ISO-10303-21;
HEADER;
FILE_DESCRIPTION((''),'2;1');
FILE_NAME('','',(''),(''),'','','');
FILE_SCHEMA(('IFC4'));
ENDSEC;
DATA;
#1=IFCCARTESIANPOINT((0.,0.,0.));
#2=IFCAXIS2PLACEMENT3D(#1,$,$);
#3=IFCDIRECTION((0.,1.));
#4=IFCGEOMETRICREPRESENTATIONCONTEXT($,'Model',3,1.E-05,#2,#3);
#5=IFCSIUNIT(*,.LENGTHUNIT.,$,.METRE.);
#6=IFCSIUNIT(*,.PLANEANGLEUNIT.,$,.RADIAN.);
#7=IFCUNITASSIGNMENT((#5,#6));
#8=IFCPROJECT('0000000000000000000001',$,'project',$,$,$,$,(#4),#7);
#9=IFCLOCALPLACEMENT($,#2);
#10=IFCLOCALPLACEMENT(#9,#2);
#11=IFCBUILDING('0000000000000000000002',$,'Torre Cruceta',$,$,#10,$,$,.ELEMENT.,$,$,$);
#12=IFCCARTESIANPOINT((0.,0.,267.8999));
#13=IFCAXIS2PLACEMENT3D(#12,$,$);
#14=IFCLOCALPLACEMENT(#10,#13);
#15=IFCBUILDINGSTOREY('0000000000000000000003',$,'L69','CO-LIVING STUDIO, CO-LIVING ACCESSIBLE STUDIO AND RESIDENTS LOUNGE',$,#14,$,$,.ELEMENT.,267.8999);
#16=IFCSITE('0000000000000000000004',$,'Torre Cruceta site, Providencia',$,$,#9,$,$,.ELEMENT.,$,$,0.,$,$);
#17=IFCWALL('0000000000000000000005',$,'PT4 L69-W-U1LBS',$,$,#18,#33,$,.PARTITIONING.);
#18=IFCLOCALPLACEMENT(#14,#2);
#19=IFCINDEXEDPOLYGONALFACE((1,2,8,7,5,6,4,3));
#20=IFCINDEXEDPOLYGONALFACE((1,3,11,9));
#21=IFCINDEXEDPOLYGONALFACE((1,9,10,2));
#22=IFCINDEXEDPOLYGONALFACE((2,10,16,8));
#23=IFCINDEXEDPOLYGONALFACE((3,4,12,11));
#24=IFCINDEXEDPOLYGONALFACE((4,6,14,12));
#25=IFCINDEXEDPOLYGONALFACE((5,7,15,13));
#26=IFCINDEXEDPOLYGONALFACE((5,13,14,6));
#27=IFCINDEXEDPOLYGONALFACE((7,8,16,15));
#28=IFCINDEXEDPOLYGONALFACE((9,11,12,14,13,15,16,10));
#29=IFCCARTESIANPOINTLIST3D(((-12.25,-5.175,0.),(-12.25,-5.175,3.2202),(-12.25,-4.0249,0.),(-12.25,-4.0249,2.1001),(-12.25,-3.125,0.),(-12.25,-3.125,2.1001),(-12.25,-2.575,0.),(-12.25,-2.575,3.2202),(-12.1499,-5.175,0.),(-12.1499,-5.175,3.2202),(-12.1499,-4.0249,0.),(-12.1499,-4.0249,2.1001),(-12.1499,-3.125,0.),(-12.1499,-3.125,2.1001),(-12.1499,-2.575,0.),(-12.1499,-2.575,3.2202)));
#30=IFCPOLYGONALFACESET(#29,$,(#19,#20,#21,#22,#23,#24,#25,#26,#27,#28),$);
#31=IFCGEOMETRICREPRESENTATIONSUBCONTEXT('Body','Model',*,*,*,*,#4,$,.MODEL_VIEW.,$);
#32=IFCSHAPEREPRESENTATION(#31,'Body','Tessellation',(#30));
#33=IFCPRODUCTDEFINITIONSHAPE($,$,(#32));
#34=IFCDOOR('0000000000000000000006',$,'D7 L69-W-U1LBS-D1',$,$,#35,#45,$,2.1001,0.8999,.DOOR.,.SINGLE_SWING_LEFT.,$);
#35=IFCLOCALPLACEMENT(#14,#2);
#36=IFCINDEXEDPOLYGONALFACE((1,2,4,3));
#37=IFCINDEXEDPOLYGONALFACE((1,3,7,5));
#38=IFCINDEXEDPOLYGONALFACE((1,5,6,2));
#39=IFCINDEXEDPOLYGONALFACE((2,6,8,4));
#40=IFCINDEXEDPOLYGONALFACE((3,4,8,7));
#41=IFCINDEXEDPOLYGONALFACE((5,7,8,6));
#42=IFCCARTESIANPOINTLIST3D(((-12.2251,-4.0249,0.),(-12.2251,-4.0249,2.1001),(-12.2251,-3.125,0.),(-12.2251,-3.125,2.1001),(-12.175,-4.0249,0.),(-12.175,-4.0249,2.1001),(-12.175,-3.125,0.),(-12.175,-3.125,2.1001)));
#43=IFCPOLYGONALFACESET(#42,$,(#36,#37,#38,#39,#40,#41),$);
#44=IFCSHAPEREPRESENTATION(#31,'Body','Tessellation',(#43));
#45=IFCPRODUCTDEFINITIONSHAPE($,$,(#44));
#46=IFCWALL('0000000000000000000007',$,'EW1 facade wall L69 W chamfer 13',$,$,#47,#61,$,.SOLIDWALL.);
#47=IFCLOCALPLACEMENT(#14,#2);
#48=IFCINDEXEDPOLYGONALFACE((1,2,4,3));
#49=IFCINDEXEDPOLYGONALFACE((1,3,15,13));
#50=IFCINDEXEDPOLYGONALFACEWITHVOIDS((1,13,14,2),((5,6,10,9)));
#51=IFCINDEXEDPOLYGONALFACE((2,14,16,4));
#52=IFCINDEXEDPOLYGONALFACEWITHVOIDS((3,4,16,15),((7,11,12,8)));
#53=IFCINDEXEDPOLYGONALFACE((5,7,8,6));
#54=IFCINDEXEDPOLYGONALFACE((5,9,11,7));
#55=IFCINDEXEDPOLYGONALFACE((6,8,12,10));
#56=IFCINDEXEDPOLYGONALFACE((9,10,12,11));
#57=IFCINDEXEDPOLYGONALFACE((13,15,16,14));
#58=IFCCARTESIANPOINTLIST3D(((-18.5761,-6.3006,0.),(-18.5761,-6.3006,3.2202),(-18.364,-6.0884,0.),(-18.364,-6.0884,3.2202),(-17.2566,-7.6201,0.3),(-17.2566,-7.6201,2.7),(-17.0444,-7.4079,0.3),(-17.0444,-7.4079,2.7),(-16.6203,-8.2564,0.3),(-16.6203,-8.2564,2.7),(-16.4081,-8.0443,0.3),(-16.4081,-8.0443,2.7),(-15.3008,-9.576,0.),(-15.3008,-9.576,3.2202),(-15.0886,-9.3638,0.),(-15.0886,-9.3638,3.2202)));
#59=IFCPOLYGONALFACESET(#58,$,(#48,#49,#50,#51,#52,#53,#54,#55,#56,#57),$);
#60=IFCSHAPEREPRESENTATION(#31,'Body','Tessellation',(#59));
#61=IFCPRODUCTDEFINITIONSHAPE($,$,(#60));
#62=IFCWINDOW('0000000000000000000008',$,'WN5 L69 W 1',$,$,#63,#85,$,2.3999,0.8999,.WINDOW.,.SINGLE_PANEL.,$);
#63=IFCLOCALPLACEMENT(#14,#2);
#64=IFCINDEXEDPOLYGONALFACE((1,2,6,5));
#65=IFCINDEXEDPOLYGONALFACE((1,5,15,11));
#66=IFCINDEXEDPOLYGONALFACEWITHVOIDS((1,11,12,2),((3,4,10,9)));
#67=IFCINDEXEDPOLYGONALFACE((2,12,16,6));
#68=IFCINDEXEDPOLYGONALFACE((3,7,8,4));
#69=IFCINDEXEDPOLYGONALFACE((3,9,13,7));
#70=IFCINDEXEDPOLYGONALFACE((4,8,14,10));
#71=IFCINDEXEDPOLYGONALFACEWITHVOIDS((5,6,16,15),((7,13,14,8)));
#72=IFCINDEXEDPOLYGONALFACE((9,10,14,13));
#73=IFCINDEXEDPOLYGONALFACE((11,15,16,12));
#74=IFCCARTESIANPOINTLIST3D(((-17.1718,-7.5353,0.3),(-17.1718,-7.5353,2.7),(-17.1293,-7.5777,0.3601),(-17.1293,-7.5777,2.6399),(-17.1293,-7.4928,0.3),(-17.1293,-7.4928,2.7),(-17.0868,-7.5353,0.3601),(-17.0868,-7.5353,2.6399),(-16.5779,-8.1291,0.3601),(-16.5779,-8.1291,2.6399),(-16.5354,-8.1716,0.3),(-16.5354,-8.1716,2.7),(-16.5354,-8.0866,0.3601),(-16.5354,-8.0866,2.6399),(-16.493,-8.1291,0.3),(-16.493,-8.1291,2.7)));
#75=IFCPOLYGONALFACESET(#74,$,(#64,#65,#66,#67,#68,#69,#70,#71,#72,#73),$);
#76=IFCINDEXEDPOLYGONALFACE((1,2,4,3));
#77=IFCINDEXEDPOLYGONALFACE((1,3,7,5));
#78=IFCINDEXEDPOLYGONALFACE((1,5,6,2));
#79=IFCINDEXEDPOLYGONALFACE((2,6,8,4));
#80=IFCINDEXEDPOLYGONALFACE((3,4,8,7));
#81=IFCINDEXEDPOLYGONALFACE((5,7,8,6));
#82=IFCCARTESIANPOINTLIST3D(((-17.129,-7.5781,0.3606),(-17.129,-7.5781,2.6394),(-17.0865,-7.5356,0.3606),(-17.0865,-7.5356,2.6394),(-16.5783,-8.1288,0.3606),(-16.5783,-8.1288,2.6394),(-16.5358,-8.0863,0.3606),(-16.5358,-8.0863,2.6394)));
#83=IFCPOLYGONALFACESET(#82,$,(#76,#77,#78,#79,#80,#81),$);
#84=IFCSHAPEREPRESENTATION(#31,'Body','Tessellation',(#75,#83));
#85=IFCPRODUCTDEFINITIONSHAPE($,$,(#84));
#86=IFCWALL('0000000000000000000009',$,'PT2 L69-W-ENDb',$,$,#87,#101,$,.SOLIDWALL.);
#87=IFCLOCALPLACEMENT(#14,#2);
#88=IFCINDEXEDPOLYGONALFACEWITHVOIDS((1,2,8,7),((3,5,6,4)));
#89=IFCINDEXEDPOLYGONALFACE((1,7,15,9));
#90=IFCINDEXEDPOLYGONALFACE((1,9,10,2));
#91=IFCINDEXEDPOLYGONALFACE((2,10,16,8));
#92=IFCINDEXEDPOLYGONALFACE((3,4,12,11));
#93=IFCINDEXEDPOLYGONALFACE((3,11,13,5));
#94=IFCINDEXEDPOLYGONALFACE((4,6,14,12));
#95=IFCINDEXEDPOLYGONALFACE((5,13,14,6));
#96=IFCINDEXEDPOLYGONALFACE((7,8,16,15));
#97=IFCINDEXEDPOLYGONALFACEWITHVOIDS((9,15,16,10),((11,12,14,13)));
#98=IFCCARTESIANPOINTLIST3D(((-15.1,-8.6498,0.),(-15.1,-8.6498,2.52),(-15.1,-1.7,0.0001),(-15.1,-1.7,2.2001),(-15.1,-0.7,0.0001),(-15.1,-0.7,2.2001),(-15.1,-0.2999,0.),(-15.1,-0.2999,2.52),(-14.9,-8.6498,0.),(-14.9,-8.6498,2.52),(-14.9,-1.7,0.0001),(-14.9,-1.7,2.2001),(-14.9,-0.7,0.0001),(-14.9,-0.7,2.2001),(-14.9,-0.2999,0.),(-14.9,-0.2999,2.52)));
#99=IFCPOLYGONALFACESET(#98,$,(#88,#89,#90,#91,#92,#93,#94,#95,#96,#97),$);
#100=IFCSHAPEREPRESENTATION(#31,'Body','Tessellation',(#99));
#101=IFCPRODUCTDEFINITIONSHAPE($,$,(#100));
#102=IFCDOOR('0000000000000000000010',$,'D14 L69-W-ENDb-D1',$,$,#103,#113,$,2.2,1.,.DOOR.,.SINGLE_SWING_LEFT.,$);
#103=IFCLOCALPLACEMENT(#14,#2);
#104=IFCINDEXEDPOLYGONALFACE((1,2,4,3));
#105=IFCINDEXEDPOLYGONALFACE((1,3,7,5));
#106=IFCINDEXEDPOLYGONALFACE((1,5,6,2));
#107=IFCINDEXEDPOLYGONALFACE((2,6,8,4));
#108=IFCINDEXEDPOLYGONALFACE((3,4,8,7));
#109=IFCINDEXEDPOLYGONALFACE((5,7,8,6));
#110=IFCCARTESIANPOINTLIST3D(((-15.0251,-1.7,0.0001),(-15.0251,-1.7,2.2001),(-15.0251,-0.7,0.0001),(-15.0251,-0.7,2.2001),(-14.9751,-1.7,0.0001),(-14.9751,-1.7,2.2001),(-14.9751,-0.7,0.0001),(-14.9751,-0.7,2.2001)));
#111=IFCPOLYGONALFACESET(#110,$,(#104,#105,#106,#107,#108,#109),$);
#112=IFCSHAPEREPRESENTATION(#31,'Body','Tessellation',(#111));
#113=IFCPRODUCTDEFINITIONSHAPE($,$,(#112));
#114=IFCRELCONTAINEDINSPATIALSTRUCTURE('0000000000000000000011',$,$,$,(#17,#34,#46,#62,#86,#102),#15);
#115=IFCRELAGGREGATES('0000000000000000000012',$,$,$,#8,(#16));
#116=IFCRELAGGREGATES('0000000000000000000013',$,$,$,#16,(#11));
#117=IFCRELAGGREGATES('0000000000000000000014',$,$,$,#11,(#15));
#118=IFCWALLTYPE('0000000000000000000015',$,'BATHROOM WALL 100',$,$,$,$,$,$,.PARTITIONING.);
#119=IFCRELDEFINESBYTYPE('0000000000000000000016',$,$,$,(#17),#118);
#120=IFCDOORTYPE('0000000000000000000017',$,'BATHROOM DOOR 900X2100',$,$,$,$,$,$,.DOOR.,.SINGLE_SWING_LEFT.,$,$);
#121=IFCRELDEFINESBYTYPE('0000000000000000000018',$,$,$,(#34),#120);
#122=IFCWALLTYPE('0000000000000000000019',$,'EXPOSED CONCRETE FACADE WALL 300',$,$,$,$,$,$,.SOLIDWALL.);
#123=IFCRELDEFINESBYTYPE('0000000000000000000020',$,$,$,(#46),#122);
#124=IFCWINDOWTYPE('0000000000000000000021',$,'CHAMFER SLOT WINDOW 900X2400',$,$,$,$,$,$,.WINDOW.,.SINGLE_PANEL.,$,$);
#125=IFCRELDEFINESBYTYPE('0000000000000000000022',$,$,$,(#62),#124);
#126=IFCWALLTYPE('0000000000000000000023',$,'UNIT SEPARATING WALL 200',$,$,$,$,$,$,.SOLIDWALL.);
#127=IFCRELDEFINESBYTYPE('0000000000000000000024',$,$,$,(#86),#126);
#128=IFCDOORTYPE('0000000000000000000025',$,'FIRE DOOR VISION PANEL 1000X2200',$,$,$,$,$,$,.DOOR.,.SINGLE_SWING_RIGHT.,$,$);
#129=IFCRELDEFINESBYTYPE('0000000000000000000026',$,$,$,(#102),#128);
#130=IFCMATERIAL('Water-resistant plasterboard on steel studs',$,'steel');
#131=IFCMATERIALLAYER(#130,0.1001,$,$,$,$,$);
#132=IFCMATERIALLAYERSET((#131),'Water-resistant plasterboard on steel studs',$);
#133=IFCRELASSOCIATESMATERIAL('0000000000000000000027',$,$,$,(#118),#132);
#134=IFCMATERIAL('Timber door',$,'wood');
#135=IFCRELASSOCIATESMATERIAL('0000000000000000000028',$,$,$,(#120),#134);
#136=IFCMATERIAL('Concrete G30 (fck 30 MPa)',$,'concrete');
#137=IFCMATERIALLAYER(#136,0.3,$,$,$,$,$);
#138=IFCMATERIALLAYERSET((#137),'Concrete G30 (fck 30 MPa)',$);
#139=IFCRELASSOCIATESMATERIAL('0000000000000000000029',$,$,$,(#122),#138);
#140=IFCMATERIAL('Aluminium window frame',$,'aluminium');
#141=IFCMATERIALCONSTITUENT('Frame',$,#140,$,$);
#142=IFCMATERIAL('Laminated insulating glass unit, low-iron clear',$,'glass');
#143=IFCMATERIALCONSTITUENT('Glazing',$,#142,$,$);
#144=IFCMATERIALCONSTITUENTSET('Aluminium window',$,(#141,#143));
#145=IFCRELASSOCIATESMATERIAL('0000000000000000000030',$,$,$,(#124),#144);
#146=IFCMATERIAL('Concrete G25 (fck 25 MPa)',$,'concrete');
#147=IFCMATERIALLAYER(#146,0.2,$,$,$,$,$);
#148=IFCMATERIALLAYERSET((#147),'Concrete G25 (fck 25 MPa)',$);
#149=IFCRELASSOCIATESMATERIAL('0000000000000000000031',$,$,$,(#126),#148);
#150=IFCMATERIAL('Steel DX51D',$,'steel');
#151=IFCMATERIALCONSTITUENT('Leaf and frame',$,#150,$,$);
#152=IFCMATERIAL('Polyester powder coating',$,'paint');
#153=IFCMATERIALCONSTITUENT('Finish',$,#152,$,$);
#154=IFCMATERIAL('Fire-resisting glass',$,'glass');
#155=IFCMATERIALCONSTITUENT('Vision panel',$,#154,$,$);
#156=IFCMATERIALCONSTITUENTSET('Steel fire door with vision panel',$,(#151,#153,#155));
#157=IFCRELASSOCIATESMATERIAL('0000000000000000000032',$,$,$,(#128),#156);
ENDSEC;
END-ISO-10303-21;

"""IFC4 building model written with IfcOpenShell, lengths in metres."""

from ifc_helpers import new_model, si_unit, direction, frame, frame_2d, origin, place, context, subcontext, project, spatial, rectangle, hollow_rectangle, extrude, material, layer, layer_set, constituent, constituent_set, type_object, element, fill, save


model = new_model("IFC4")

# Units and contexts
model_context = context("Model", 3, precision=1e-05, world=origin(), true_north=direction((0.0, 1.0)))
body_context = subcontext(model_context, "Body", "Model", "MODEL_VIEW")
ifc_project = project(units=[si_unit("LENGTHUNIT", "METRE"), si_unit("PLANEANGLEUNIT", "RADIAN")], contexts=[model_context])

# Site, building, storey
site_placement = place(None, origin())
site = spatial("IfcSite", under=ifc_project, at=site_placement, Name="Torre Cruceta site, Providencia", CompositionType="ELEMENT", RefElevation=0.0)
building_placement = place(site_placement, origin())
building = spatial("IfcBuilding", under=site, at=building_placement, Name="Torre Cruceta", CompositionType="ELEMENT")
storey_placement = place(building_placement, frame((0.0, 0.0, 267.8999)))
storey = spatial("IfcBuildingStorey", under=building, at=storey_placement, Name="L69", Description="CO-LIVING STUDIO, CO-LIVING ACCESSIBLE STUDIO AND RESIDENTS LOUNGE", CompositionType="ELEMENT", Elevation=267.8999)

# Shared definitions
ifc_material_1 = material(Name="Water-resistant plasterboard on steel studs", Category="steel")
ifc_layer_1 = layer(ifc_material_1, 0.1001)
ifc_layer_set_1 = layer_set([ifc_layer_1], Name="Water-resistant plasterboard on steel studs")
wall_type_1 = type_object("IfcWallType", Name="BATHROOM WALL 100", PredefinedType="PARTITIONING", material=ifc_layer_set_1)

# Wall, opening, door
wall_1_placement = place(storey_placement, frame((-12.2, -2.575, 0.0), z_axis=(0.0, 0.0, 1.0), x_axis=(0.0, -1.0, 0.0)))
wall_1 = element("IfcWall", 1, at=wall_1_placement, inside=storey, type_object=wall_type_1, Name="PT4 L69-W-U1LBS", PredefinedType="PARTITIONING", context=body_context, shape_type="SweptSolid", body=[
    extrude(rectangle(XDim=2.6001, YDim=0.1001, at=frame_2d((1.3, 0.0))), origin(), (0.0, 0.0, 1.0), 3.2202),
])
opening_1_placement = place(wall_1_placement, frame((0.55, 0.0, 0.0)))
opening_1 = element("IfcOpeningElement", 2, at=opening_1_placement, cuts=wall_1, PredefinedType="OPENING", context=body_context, shape_type="SweptSolid", body=[
    extrude(rectangle(XDim=0.8999, YDim=2.1001, at=frame_2d((0.45, 1.05))), frame((0.0, 0.0601, 0.0), z_axis=(0.0, -1.0, 0.0), x_axis=(1.0, 0.0, 0.0)), (0.0, 0.0, 1.0), 0.1201),
])
ifc_material_2 = material(Name="Timber door", Category="wood")
door_type_1 = type_object("IfcDoorType", Name="BATHROOM DOOR 900X2100", OperationType="SINGLE_SWING_LEFT", PredefinedType="DOOR", material=ifc_material_2)
door_1_placement = place(opening_1_placement, origin())
door_1 = element("IfcDoor", 3, at=door_1_placement, inside=storey, type_object=door_type_1, Name="D7 L69-W-U1LBS-D1", OperationType="SINGLE_SWING_LEFT", OverallHeight=2.1001, OverallWidth=0.8999, PredefinedType="DOOR", context=body_context, shape_type="SweptSolid", body=[
    extrude(rectangle(XDim=0.8999, YDim=2.1001, at=frame_2d((0.45, 1.05))), frame((0.0, 0.0249, 0.0), z_axis=(0.0, -1.0, 0.0), x_axis=(1.0, 0.0, 0.0)), (0.0, 0.0, 1.0), 0.05),
])
fill(opening_1, door_1)

# Wall, opening, window
ifc_material_3 = material(Name="Concrete G30 (fck 30 MPa)", Category="concrete")
ifc_layer_2 = layer(ifc_material_3, 0.3)
ifc_layer_set_2 = layer_set([ifc_layer_2], Name="Concrete G30 (fck 30 MPa)")
wall_type_2 = type_object("IfcWallType", Name="EXPOSED CONCRETE FACADE WALL 300", PredefinedType="SOLIDWALL", material=ifc_layer_set_2)
wall_2_placement = place(storey_placement, frame((-18.47, -6.1946, 0.0), z_axis=(0.0, 0.0, 1.0), x_axis=(0.707107, -0.707107, 0.0)))
wall_2 = element("IfcWall", 4, at=wall_2_placement, inside=storey, type_object=wall_type_2, Name="EW1 facade wall L69 W chamfer 13", PredefinedType="SOLIDWALL", context=body_context, shape_type="SweptSolid", body=[
    extrude(rectangle(XDim=4.6321, YDim=0.3, at=frame_2d((2.3159, 0.0))), origin(), (0.0, 0.0, 1.0), 3.2202),
])
opening_2_placement = place(wall_2_placement, frame((1.866, 0.0, 0.3)))
opening_2 = element("IfcOpeningElement", 5, at=opening_2_placement, cuts=wall_2, PredefinedType="OPENING", context=body_context, shape_type="SweptSolid", body=[
    extrude(rectangle(XDim=0.8999, YDim=2.3999, at=frame_2d((0.45, 1.2))), frame((0.0, 0.1599, 0.0), z_axis=(0.0, -1.0, 0.0), x_axis=(1.0, 0.0, 0.0)), (0.0, 0.0, 1.0), 0.3201),
])
ifc_material_4 = material(Name="Aluminium window frame", Category="aluminium")
ifc_constituent_1 = constituent(ifc_material_4, Name="Frame")
ifc_material_5 = material(Name="Laminated insulating glass unit, low-iron clear", Category="glass")
ifc_constituent_2 = constituent(ifc_material_5, Name="Glazing")
ifc_constituent_set_1 = constituent_set(constituents=[ifc_constituent_1, ifc_constituent_2], Name="Aluminium window")
window_type = type_object("IfcWindowType", Name="CHAMFER SLOT WINDOW 900X2400", PartitioningType="SINGLE_PANEL", PredefinedType="WINDOW", material=ifc_constituent_set_1)
window_placement = place(opening_2_placement, origin())
window = element("IfcWindow", 6, at=window_placement, inside=storey, type_object=window_type, Name="WN5 L69 W 1", OverallHeight=2.3999, OverallWidth=0.8999, PartitioningType="SINGLE_PANEL", PredefinedType="WINDOW", context=body_context, shape_type="SweptSolid", body=[
    extrude(hollow_rectangle(XDim=0.8999, YDim=2.3999, WallThickness=0.0601, at=frame_2d((0.45, 1.2))), frame((0.0, 0.03, 0.0), z_axis=(0.0, -1.0, 0.0), x_axis=(1.0, 0.0, 0.0)), (0.0, 0.0, 1.0), 0.0601),
    extrude(rectangle(XDim=0.7788, YDim=2.2788, at=frame_2d((0.45, 1.2))), frame((0.0, 0.03, 0.0), z_axis=(0.0, -1.0, 0.0), x_axis=(1.0, 0.0, 0.0)), (0.0, 0.0, 1.0), 0.0601),
])
fill(opening_2, window)

# Wall, opening, door
ifc_material_6 = material(Name="Concrete G25 (fck 25 MPa)", Category="concrete")
ifc_layer_3 = layer(ifc_material_6, 0.2)
ifc_layer_set_3 = layer_set([ifc_layer_3], Name="Concrete G25 (fck 25 MPa)")
wall_type_3 = type_object("IfcWallType", Name="UNIT SEPARATING WALL 200", PredefinedType="SOLIDWALL", material=ifc_layer_set_3)
wall_3_placement = place(storey_placement, frame((-15.0, -0.3, 0.0), z_axis=(0.0, 0.0, 1.0), x_axis=(0.0, -1.0, 0.0)))
wall_3 = element("IfcWall", 7, at=wall_3_placement, inside=storey, type_object=wall_type_3, Name="PT2 L69-W-ENDb", PredefinedType="SOLIDWALL", context=body_context, shape_type="SweptSolid", body=[
    extrude(rectangle(XDim=8.3499, YDim=0.2, at=frame_2d((4.1748, 0.0))), origin(), (0.0, 0.0, 1.0), 2.52),
])
opening_3_placement = place(wall_3_placement, frame((0.3999, 0.0, 0.0)))
opening_3 = element("IfcOpeningElement", 8, at=opening_3_placement, cuts=wall_3, PredefinedType="OPENING", context=body_context, shape_type="SweptSolid", body=[
    extrude(rectangle(XDim=1.0, YDim=2.2, at=frame_2d((0.5, 1.1001))), frame((0.0, 0.1099, 0.0), z_axis=(0.0, -1.0, 0.0), x_axis=(1.0, 0.0, 0.0)), (0.0, 0.0, 1.0), 0.22),
])
ifc_material_7 = material(Name="Steel DX51D", Category="steel")
ifc_constituent_3 = constituent(ifc_material_7, Name="Leaf and frame")
ifc_material_8 = material(Name="Polyester powder coating", Category="paint")
ifc_constituent_4 = constituent(ifc_material_8, Name="Finish")
ifc_material_9 = material(Name="Fire-resisting glass", Category="glass")
ifc_constituent_5 = constituent(ifc_material_9, Name="Vision panel")
ifc_constituent_set_2 = constituent_set(constituents=[ifc_constituent_3, ifc_constituent_4, ifc_constituent_5], Name="Steel fire door with vision panel")
door_type_2 = type_object("IfcDoorType", Name="FIRE DOOR VISION PANEL 1000X2200", OperationType="SINGLE_SWING_RIGHT", PredefinedType="DOOR", material=ifc_constituent_set_2)
door_2_placement = place(opening_3_placement, frame((1.0, 0.0, 0.0), z_axis=(0.0, 0.0, 1.0), x_axis=(-1.0, 0.0, 0.0)))
door_2 = element("IfcDoor", 9, at=door_2_placement, inside=storey, type_object=door_type_2, Name="D14 L69-W-ENDb-D1", OperationType="SINGLE_SWING_LEFT", OverallHeight=2.2, OverallWidth=1.0, PredefinedType="DOOR", context=body_context, shape_type="SweptSolid", body=[
    extrude(rectangle(XDim=1.0, YDim=2.2, at=frame_2d((0.5, 1.1001))), frame((0.0, 0.0251, 0.0), z_axis=(0.0, -1.0, 0.0), x_axis=(1.0, 0.0, 0.0)), (0.0, 0.0, 1.0), 0.05),
])
fill(opening_3, door_2)

save(model, "model.ifc")
